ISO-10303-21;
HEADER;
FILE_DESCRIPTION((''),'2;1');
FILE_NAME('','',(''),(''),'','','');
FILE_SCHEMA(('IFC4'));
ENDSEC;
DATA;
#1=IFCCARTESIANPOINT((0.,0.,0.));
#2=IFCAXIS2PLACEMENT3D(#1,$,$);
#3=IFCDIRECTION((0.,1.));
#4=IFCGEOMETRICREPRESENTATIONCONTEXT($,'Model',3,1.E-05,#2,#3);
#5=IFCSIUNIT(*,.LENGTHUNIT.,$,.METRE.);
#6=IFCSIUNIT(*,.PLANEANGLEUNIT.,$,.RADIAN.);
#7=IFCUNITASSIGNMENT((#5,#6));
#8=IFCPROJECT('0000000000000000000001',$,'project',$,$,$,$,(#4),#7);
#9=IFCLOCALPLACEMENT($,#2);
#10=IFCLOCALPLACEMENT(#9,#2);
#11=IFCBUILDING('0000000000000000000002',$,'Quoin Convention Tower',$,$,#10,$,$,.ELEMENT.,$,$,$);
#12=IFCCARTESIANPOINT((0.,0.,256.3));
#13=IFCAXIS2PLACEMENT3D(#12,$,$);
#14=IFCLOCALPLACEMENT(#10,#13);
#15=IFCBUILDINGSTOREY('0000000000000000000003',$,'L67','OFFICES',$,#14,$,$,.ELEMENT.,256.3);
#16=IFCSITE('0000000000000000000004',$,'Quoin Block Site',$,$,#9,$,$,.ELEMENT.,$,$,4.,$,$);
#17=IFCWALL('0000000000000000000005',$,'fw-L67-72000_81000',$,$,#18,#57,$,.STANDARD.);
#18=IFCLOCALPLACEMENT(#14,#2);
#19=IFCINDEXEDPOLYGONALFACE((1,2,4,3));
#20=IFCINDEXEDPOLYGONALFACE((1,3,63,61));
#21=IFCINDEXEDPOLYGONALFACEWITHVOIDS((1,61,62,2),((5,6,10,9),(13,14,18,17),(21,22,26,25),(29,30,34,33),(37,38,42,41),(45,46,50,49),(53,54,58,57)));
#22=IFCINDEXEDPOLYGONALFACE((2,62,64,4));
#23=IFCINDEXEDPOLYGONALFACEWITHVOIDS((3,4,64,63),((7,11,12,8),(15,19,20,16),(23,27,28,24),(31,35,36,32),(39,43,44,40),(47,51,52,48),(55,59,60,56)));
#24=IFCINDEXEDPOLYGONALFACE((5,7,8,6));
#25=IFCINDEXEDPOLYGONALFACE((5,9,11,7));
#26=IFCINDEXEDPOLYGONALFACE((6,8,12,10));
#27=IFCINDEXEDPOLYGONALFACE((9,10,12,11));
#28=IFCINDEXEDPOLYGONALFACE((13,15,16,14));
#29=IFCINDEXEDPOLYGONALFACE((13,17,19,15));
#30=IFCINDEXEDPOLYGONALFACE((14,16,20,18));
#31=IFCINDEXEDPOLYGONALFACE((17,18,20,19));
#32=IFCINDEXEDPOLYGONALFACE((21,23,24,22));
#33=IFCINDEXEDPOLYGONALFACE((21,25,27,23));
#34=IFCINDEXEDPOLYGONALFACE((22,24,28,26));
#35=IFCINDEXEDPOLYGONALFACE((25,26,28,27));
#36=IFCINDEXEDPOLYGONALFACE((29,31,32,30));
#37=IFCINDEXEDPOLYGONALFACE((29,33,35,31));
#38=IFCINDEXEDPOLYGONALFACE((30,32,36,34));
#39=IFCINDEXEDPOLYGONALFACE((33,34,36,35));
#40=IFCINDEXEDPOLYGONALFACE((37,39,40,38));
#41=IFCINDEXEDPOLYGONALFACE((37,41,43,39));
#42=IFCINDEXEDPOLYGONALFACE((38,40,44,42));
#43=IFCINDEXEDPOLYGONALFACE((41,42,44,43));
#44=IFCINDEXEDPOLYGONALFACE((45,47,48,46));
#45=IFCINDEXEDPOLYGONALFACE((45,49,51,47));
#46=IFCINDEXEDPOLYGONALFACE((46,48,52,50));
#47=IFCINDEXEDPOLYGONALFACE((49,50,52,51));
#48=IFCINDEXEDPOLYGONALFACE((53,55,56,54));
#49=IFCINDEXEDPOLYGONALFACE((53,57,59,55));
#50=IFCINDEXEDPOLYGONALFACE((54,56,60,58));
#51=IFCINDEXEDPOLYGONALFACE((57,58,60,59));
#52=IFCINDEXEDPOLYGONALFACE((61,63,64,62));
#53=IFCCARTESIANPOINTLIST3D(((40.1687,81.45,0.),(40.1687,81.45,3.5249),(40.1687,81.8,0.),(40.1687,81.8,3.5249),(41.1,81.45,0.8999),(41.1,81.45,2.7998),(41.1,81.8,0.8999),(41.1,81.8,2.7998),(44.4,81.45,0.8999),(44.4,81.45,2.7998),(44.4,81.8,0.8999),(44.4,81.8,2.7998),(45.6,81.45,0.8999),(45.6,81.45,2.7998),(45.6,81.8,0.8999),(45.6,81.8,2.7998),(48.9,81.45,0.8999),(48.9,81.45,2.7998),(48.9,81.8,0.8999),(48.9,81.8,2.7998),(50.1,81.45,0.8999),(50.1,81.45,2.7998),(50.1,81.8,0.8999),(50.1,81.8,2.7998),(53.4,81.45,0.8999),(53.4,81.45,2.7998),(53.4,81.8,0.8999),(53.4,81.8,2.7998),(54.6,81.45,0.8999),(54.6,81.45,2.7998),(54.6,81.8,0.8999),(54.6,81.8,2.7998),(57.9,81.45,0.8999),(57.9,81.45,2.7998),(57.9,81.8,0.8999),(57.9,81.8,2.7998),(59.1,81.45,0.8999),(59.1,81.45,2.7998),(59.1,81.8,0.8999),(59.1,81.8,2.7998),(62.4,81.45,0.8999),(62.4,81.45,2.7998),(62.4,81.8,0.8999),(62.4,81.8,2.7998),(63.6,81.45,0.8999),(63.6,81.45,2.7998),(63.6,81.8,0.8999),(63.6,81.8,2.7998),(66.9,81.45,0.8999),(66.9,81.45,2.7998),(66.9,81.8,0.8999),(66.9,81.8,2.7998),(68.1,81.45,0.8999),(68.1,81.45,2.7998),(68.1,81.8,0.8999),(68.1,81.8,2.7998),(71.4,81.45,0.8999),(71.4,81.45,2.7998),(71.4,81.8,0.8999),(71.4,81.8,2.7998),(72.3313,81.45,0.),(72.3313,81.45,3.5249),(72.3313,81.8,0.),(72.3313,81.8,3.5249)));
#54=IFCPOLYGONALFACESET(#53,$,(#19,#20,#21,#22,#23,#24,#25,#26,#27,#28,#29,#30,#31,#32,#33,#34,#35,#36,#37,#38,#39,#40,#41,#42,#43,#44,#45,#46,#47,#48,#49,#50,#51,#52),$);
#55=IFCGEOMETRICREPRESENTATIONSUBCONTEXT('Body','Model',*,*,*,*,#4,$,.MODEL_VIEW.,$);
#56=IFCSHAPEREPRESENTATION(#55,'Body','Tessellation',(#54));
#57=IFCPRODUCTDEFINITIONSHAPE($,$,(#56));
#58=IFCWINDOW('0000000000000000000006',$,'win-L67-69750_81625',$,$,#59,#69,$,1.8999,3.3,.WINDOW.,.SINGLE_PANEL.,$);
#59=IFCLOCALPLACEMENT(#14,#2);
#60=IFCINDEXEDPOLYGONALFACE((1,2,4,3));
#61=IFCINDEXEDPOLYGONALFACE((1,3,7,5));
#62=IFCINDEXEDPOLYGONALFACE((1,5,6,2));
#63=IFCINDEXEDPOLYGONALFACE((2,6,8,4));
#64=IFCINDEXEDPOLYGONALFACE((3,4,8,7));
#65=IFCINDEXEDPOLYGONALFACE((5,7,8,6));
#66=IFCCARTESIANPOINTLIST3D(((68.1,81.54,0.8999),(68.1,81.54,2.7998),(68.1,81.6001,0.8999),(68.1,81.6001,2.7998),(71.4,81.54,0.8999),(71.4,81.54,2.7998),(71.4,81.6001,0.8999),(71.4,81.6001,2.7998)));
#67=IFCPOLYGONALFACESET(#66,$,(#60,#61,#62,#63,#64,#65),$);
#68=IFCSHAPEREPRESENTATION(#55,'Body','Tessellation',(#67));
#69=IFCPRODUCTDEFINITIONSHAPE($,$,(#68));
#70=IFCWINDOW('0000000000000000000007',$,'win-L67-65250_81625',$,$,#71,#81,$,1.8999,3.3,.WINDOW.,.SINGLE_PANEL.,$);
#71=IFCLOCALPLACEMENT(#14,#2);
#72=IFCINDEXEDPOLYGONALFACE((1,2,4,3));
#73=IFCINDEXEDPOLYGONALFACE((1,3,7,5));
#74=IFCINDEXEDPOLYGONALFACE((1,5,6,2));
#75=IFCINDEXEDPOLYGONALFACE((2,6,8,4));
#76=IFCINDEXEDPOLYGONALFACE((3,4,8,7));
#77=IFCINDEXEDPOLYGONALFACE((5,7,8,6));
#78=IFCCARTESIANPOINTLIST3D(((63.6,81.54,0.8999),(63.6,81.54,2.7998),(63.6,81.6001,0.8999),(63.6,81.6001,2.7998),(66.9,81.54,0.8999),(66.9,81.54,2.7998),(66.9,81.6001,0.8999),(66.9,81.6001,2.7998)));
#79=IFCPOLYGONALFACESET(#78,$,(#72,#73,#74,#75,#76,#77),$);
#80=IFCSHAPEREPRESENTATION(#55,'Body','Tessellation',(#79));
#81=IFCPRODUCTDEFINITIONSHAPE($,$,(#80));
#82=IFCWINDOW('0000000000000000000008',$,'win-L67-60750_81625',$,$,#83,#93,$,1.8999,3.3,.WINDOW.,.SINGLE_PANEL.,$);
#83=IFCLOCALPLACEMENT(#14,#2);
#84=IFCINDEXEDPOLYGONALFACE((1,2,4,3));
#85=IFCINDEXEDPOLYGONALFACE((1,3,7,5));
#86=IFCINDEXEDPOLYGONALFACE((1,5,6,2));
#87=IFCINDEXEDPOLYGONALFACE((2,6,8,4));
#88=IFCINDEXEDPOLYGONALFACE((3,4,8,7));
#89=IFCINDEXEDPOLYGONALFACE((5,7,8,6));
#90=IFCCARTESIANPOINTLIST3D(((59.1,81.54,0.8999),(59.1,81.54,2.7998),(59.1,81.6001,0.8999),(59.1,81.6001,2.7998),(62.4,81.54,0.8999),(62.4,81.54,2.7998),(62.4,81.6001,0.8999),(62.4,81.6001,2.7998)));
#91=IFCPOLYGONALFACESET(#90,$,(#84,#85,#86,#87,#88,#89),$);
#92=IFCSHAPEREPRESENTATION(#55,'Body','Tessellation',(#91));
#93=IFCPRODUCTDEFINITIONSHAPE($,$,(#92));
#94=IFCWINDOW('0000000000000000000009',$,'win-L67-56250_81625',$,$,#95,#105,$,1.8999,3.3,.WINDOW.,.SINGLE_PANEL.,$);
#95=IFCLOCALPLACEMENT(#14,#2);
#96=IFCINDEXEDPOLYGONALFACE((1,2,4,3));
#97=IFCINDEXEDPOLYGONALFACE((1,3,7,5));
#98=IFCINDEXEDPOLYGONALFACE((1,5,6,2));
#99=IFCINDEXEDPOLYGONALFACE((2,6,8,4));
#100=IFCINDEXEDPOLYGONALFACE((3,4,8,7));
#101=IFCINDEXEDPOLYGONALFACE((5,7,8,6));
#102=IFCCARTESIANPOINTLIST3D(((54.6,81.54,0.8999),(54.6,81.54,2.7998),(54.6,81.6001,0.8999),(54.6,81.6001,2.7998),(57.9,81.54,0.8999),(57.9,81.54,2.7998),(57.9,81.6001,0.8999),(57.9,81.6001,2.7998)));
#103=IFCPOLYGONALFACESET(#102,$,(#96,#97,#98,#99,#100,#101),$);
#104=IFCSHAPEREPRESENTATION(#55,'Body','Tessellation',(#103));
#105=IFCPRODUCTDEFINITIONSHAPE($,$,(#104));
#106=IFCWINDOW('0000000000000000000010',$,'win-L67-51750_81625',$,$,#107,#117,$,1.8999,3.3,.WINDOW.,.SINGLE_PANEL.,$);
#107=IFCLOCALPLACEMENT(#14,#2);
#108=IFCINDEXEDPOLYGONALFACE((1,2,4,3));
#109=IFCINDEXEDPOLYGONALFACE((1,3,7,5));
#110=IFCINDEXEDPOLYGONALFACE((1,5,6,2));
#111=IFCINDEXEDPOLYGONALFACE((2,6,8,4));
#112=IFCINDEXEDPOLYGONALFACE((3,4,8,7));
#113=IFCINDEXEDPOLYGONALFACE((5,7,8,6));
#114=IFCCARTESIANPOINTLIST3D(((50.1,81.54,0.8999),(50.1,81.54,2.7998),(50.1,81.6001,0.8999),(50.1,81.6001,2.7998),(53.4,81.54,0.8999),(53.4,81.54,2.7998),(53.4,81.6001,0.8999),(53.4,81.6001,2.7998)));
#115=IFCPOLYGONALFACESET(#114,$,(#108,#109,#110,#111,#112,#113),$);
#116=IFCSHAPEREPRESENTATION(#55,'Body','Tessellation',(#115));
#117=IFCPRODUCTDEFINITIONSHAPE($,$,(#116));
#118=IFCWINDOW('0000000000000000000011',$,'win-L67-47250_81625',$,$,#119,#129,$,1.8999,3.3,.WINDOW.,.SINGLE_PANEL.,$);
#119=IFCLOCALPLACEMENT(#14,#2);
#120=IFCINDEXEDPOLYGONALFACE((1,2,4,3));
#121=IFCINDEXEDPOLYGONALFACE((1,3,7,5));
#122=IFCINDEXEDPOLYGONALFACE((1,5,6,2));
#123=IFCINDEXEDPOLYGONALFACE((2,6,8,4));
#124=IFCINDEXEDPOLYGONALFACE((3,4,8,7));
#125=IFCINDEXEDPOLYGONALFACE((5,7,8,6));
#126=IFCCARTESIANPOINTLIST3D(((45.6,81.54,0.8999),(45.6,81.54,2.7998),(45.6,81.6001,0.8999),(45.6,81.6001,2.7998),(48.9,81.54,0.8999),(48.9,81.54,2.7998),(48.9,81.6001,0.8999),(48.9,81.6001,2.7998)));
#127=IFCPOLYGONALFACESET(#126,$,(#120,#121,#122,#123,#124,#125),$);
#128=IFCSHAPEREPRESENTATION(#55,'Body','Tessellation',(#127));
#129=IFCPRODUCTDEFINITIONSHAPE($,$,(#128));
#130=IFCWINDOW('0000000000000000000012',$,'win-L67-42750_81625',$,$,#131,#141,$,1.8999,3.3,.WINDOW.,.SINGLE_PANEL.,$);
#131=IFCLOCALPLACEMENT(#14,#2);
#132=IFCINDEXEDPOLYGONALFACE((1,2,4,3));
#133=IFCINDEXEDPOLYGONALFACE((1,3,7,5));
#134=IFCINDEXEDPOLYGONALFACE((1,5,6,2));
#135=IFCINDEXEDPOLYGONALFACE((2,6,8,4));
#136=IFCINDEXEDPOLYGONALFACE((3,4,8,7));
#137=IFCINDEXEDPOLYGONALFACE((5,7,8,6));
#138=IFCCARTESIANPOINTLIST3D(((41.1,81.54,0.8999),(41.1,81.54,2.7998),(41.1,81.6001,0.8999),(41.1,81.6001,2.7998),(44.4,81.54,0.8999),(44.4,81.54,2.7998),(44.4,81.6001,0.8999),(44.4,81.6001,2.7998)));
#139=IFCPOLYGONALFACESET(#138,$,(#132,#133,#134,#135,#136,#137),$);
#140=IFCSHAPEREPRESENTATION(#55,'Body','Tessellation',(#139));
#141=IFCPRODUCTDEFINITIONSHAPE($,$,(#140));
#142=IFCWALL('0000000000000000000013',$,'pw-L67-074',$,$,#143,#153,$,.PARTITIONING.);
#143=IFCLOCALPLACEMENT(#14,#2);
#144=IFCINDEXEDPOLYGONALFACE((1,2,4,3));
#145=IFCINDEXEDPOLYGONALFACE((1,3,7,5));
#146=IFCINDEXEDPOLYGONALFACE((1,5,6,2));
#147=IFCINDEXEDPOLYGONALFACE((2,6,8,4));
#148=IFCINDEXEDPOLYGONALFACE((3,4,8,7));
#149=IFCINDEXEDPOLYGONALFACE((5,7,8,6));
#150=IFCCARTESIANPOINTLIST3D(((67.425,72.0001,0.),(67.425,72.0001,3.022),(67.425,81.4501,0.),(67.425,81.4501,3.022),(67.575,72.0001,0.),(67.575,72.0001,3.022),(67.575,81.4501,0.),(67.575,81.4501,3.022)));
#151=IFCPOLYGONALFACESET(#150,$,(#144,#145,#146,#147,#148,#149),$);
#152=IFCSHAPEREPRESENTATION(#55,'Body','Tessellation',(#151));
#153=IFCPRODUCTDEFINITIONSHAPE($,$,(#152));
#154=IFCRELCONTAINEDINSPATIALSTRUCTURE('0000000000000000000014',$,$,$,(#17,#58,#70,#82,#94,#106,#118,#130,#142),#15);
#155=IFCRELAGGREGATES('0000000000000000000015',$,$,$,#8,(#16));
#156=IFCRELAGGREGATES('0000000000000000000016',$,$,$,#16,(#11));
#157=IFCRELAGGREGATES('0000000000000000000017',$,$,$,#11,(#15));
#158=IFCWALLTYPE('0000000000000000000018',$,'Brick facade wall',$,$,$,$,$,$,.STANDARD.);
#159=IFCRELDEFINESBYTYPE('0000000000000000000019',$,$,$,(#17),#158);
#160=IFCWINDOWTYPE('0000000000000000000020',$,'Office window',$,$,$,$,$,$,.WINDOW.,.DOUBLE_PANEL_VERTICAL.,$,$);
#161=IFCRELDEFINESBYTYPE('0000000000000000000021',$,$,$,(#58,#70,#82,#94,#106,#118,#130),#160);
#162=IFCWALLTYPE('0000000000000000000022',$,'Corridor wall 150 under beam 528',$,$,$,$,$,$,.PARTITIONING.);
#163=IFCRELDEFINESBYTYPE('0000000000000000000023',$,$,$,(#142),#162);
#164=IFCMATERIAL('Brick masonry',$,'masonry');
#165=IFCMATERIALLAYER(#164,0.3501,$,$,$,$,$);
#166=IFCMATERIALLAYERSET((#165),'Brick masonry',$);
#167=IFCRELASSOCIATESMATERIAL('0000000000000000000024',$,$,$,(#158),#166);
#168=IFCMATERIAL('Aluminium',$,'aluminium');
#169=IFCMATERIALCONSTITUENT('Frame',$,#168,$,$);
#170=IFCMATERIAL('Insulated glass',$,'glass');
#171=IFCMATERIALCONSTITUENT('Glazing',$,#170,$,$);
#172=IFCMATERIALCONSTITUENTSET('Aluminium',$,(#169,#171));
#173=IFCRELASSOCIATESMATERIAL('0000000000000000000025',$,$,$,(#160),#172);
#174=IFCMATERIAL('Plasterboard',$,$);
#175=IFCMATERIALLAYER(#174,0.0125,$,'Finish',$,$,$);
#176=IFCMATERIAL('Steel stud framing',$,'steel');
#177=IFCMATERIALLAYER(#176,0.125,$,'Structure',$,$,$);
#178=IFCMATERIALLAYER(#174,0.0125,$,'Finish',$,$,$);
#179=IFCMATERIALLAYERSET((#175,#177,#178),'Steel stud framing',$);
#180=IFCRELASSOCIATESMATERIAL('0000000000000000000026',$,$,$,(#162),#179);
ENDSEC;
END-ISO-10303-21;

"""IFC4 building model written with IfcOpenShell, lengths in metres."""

from ifc_helpers import new_model, si_unit, direction, frame, frame_2d, origin, place, context, subcontext, project, spatial, rectangle, extrude, material, layer, layer_set, constituent, constituent_set, type_object, element, fill, save


model = new_model("IFC4")

# Units and contexts
model_context = context("Model", 3, precision=1e-05, world=origin(), true_north=direction((0.0, 1.0)))
body_context = subcontext(model_context, "Body", "Model", "MODEL_VIEW")
ifc_project = project(units=[si_unit("LENGTHUNIT", "METRE"), si_unit("PLANEANGLEUNIT", "RADIAN")], contexts=[model_context])

# Site, building, storey
site_placement = place(None, origin())
site = spatial("IfcSite", under=ifc_project, at=site_placement, Name="Quoin Block Site", CompositionType="ELEMENT", RefElevation=4.0)
building_placement = place(site_placement, origin())
building = spatial("IfcBuilding", under=site, at=building_placement, Name="Quoin Convention Tower", CompositionType="ELEMENT")
storey_placement = place(building_placement, frame((0.0, 0.0, 256.3)))
storey = spatial("IfcBuildingStorey", under=building, at=storey_placement, Name="L67", Description="OFFICES", CompositionType="ELEMENT", Elevation=256.3)

# Shared definitions
ifc_material_1 = material(Name="Brick masonry", Category="masonry")
ifc_layer_1 = layer(ifc_material_1, 0.3501)
ifc_layer_set_1 = layer_set([ifc_layer_1], Name="Brick masonry")
wall_type_1 = type_object("IfcWallType", Name="Brick facade wall", PredefinedType="STANDARD", material=ifc_layer_set_1)
ifc_material_2 = material(Name="Aluminium", Category="aluminium")
ifc_constituent_1 = constituent(ifc_material_2, Name="Frame")
ifc_material_3 = material(Name="Insulated glass", Category="glass")
ifc_constituent_2 = constituent(ifc_material_3, Name="Glazing")
ifc_constituent_set = constituent_set(constituents=[ifc_constituent_1, ifc_constituent_2], Name="Aluminium")
window_type = type_object("IfcWindowType", Name="Office window", PartitioningType="DOUBLE_PANEL_VERTICAL", PredefinedType="WINDOW", material=ifc_constituent_set)

# Wall, openings, windows
wall_1_placement = place(storey_placement, frame((72.3313, 81.625, 0.0), z_axis=(0.0, 0.0, 1.0), x_axis=(-1.0, 0.0, 0.0)))
wall_1 = element("IfcWall", 1, at=wall_1_placement, inside=storey, type_object=wall_type_1, Name="fw-L67-72000_81000", PredefinedType="STANDARD", context=body_context, shape_type="SweptSolid", body=[
    extrude(rectangle(XDim=32.1626, YDim=0.3501, at=frame_2d((16.0813, 0.0))), origin(), (0.0, 0.0, 1.0), 3.5249),
])
opening_1_placement = place(wall_1_placement, frame((0.9314, 0.0, 0.8999)))
opening_1 = element("IfcOpeningElement", 2, at=opening_1_placement, cuts=wall_1, PredefinedType="OPENING", context=body_context, shape_type="SweptSolid", body=[
    extrude(rectangle(XDim=3.3, YDim=1.8999, at=frame_2d((1.6499, 0.95))), frame((0.0, 0.1851, 0.0), z_axis=(0.0, -1.0, 0.0), x_axis=(1.0, 0.0, 0.0)), (0.0, 0.0, 1.0), 0.3701),
])
opening_2_placement = place(wall_1_placement, frame((5.4314, 0.0, 0.8999)))
opening_2 = element("IfcOpeningElement", 3, at=opening_2_placement, cuts=wall_1, PredefinedType="OPENING", context=body_context, shape_type="SweptSolid", body=[
    extrude(rectangle(XDim=3.3, YDim=1.8999, at=frame_2d((1.6499, 0.95))), frame((0.0, 0.1851, 0.0), z_axis=(0.0, -1.0, 0.0), x_axis=(1.0, 0.0, 0.0)), (0.0, 0.0, 1.0), 0.3701),
])
opening_3_placement = place(wall_1_placement, frame((9.9314, 0.0, 0.8999)))
opening_3 = element("IfcOpeningElement", 4, at=opening_3_placement, cuts=wall_1, PredefinedType="OPENING", context=body_context, shape_type="SweptSolid", body=[
    extrude(rectangle(XDim=3.3, YDim=1.8999, at=frame_2d((1.6499, 0.95))), frame((0.0, 0.1851, 0.0), z_axis=(0.0, -1.0, 0.0), x_axis=(1.0, 0.0, 0.0)), (0.0, 0.0, 1.0), 0.3701),
])
opening_4_placement = place(wall_1_placement, frame((14.4314, 0.0, 0.8999)))
opening_4 = element("IfcOpeningElement", 5, at=opening_4_placement, cuts=wall_1, PredefinedType="OPENING", context=body_context, shape_type="SweptSolid", body=[
    extrude(rectangle(XDim=3.3, YDim=1.8999, at=frame_2d((1.6499, 0.95))), frame((0.0, 0.1851, 0.0), z_axis=(0.0, -1.0, 0.0), x_axis=(1.0, 0.0, 0.0)), (0.0, 0.0, 1.0), 0.3701),
])
opening_5_placement = place(wall_1_placement, frame((18.9314, 0.0, 0.8999)))
opening_5 = element("IfcOpeningElement", 6, at=opening_5_placement, cuts=wall_1, PredefinedType="OPENING", context=body_context, shape_type="SweptSolid", body=[
    extrude(rectangle(XDim=3.3, YDim=1.8999, at=frame_2d((1.6499, 0.95))), frame((0.0, 0.1851, 0.0), z_axis=(0.0, -1.0, 0.0), x_axis=(1.0, 0.0, 0.0)), (0.0, 0.0, 1.0), 0.3701),
])
opening_6_placement = place(wall_1_placement, frame((23.4314, 0.0, 0.8999)))
opening_6 = element("IfcOpeningElement", 7, at=opening_6_placement, cuts=wall_1, PredefinedType="OPENING", context=body_context, shape_type="SweptSolid", body=[
    extrude(rectangle(XDim=3.3, YDim=1.8999, at=frame_2d((1.6499, 0.95))), frame((0.0, 0.1851, 0.0), z_axis=(0.0, -1.0, 0.0), x_axis=(1.0, 0.0, 0.0)), (0.0, 0.0, 1.0), 0.3701),
])
opening_7_placement = place(wall_1_placement, frame((27.9314, 0.0, 0.8999)))
opening_7 = element("IfcOpeningElement", 8, at=opening_7_placement, cuts=wall_1, PredefinedType="OPENING", context=body_context, shape_type="SweptSolid", body=[
    extrude(rectangle(XDim=3.3, YDim=1.8999, at=frame_2d((1.6499, 0.95))), frame((0.0, 0.1851, 0.0), z_axis=(0.0, -1.0, 0.0), x_axis=(1.0, 0.0, 0.0)), (0.0, 0.0, 1.0), 0.3701),
])
window_1_placement = place(opening_1_placement, origin())
window_1 = element("IfcWindow", 9, at=window_1_placement, inside=storey, type_object=window_type, Name="win-L67-69750_81625", OverallHeight=1.8999, OverallWidth=3.3, PartitioningType="SINGLE_PANEL", PredefinedType="WINDOW", context=body_context, shape_type="SweptSolid", body=[
    extrude(rectangle(XDim=3.3, YDim=1.8999, at=frame_2d((1.6499, 0.95))), frame((0.0, 0.085, 0.0), z_axis=(0.0, -1.0, 0.0), x_axis=(1.0, 0.0, 0.0)), (0.0, 0.0, 1.0), 0.0601),
])
fill(opening_1, window_1)
window_2_placement = place(opening_2_placement, origin())
window_2 = element("IfcWindow", 10, at=window_2_placement, inside=storey, type_object=window_type, Name="win-L67-65250_81625", OverallHeight=1.8999, OverallWidth=3.3, PartitioningType="SINGLE_PANEL", PredefinedType="WINDOW", context=body_context, shape_type="SweptSolid", body=[
    extrude(rectangle(XDim=3.3, YDim=1.8999, at=frame_2d((1.6499, 0.95))), frame((0.0, 0.085, 0.0), z_axis=(0.0, -1.0, 0.0), x_axis=(1.0, 0.0, 0.0)), (0.0, 0.0, 1.0), 0.0601),
])
fill(opening_2, window_2)
window_3_placement = place(opening_3_placement, origin())
window_3 = element("IfcWindow", 11, at=window_3_placement, inside=storey, type_object=window_type, Name="win-L67-60750_81625", OverallHeight=1.8999, OverallWidth=3.3, PartitioningType="SINGLE_PANEL", PredefinedType="WINDOW", context=body_context, shape_type="SweptSolid", body=[
    extrude(rectangle(XDim=3.3, YDim=1.8999, at=frame_2d((1.6499, 0.95))), frame((0.0, 0.085, 0.0), z_axis=(0.0, -1.0, 0.0), x_axis=(1.0, 0.0, 0.0)), (0.0, 0.0, 1.0), 0.0601),
])
fill(opening_3, window_3)
window_4_placement = place(opening_4_placement, origin())
window_4 = element("IfcWindow", 12, at=window_4_placement, inside=storey, type_object=window_type, Name="win-L67-56250_81625", OverallHeight=1.8999, OverallWidth=3.3, PartitioningType="SINGLE_PANEL", PredefinedType="WINDOW", context=body_context, shape_type="SweptSolid", body=[
    extrude(rectangle(XDim=3.3, YDim=1.8999, at=frame_2d((1.6499, 0.95))), frame((0.0, 0.085, 0.0), z_axis=(0.0, -1.0, 0.0), x_axis=(1.0, 0.0, 0.0)), (0.0, 0.0, 1.0), 0.0601),
])
fill(opening_4, window_4)
window_5_placement = place(opening_5_placement, origin())
window_5 = element("IfcWindow", 13, at=window_5_placement, inside=storey, type_object=window_type, Name="win-L67-51750_81625", OverallHeight=1.8999, OverallWidth=3.3, PartitioningType="SINGLE_PANEL", PredefinedType="WINDOW", context=body_context, shape_type="SweptSolid", body=[
    extrude(rectangle(XDim=3.3, YDim=1.8999, at=frame_2d((1.6499, 0.95))), frame((0.0, 0.085, 0.0), z_axis=(0.0, -1.0, 0.0), x_axis=(1.0, 0.0, 0.0)), (0.0, 0.0, 1.0), 0.0601),
])
fill(opening_5, window_5)
window_6_placement = place(opening_6_placement, origin())
window_6 = element("IfcWindow", 14, at=window_6_placement, inside=storey, type_object=window_type, Name="win-L67-47250_81625", OverallHeight=1.8999, OverallWidth=3.3, PartitioningType="SINGLE_PANEL", PredefinedType="WINDOW", context=body_context, shape_type="SweptSolid", body=[
    extrude(rectangle(XDim=3.3, YDim=1.8999, at=frame_2d((1.6499, 0.95))), frame((0.0, 0.085, 0.0), z_axis=(0.0, -1.0, 0.0), x_axis=(1.0, 0.0, 0.0)), (0.0, 0.0, 1.0), 0.0601),
])
fill(opening_6, window_6)
window_7_placement = place(opening_7_placement, origin())
window_7 = element("IfcWindow", 15, at=window_7_placement, inside=storey, type_object=window_type, Name="win-L67-42750_81625", OverallHeight=1.8999, OverallWidth=3.3, PartitioningType="SINGLE_PANEL", PredefinedType="WINDOW", context=body_context, shape_type="SweptSolid", body=[
    extrude(rectangle(XDim=3.3, YDim=1.8999, at=frame_2d((1.6499, 0.95))), frame((0.0, 0.085, 0.0), z_axis=(0.0, -1.0, 0.0), x_axis=(1.0, 0.0, 0.0)), (0.0, 0.0, 1.0), 0.0601),
])
fill(opening_7, window_7)

# Wall
ifc_material_4 = material(Name="Plasterboard")
ifc_layer_2 = layer(ifc_material_4, 0.0125, Name="Finish")
ifc_material_5 = material(Name="Steel stud framing", Category="steel")
ifc_layer_3 = layer(ifc_material_5, 0.125, Name="Structure")
ifc_layer_4 = layer(ifc_material_4, 0.0125, Name="Finish")
ifc_layer_set_2 = layer_set([ifc_layer_2, ifc_layer_3, ifc_layer_4], Name="Steel stud framing")
wall_type_2 = type_object("IfcWallType", Name="Corridor wall 150 under beam 528", PredefinedType="PARTITIONING", material=ifc_layer_set_2)
wall_2_placement = place(storey_placement, frame((67.5, 72.0, 0.0), z_axis=(0.0, 0.0, 1.0), x_axis=(0.0, 1.0, 0.0)))
element("IfcWall", 16, at=wall_2_placement, inside=storey, type_object=wall_type_2, Name="pw-L67-074", PredefinedType="PARTITIONING", context=body_context, shape_type="SweptSolid", body=[
    extrude(rectangle(XDim=9.45, YDim=0.1499, at=frame_2d((4.7251, 0.0))), origin(), (0.0, 0.0, 1.0), 3.022),
])

save(model, "model.ifc")
